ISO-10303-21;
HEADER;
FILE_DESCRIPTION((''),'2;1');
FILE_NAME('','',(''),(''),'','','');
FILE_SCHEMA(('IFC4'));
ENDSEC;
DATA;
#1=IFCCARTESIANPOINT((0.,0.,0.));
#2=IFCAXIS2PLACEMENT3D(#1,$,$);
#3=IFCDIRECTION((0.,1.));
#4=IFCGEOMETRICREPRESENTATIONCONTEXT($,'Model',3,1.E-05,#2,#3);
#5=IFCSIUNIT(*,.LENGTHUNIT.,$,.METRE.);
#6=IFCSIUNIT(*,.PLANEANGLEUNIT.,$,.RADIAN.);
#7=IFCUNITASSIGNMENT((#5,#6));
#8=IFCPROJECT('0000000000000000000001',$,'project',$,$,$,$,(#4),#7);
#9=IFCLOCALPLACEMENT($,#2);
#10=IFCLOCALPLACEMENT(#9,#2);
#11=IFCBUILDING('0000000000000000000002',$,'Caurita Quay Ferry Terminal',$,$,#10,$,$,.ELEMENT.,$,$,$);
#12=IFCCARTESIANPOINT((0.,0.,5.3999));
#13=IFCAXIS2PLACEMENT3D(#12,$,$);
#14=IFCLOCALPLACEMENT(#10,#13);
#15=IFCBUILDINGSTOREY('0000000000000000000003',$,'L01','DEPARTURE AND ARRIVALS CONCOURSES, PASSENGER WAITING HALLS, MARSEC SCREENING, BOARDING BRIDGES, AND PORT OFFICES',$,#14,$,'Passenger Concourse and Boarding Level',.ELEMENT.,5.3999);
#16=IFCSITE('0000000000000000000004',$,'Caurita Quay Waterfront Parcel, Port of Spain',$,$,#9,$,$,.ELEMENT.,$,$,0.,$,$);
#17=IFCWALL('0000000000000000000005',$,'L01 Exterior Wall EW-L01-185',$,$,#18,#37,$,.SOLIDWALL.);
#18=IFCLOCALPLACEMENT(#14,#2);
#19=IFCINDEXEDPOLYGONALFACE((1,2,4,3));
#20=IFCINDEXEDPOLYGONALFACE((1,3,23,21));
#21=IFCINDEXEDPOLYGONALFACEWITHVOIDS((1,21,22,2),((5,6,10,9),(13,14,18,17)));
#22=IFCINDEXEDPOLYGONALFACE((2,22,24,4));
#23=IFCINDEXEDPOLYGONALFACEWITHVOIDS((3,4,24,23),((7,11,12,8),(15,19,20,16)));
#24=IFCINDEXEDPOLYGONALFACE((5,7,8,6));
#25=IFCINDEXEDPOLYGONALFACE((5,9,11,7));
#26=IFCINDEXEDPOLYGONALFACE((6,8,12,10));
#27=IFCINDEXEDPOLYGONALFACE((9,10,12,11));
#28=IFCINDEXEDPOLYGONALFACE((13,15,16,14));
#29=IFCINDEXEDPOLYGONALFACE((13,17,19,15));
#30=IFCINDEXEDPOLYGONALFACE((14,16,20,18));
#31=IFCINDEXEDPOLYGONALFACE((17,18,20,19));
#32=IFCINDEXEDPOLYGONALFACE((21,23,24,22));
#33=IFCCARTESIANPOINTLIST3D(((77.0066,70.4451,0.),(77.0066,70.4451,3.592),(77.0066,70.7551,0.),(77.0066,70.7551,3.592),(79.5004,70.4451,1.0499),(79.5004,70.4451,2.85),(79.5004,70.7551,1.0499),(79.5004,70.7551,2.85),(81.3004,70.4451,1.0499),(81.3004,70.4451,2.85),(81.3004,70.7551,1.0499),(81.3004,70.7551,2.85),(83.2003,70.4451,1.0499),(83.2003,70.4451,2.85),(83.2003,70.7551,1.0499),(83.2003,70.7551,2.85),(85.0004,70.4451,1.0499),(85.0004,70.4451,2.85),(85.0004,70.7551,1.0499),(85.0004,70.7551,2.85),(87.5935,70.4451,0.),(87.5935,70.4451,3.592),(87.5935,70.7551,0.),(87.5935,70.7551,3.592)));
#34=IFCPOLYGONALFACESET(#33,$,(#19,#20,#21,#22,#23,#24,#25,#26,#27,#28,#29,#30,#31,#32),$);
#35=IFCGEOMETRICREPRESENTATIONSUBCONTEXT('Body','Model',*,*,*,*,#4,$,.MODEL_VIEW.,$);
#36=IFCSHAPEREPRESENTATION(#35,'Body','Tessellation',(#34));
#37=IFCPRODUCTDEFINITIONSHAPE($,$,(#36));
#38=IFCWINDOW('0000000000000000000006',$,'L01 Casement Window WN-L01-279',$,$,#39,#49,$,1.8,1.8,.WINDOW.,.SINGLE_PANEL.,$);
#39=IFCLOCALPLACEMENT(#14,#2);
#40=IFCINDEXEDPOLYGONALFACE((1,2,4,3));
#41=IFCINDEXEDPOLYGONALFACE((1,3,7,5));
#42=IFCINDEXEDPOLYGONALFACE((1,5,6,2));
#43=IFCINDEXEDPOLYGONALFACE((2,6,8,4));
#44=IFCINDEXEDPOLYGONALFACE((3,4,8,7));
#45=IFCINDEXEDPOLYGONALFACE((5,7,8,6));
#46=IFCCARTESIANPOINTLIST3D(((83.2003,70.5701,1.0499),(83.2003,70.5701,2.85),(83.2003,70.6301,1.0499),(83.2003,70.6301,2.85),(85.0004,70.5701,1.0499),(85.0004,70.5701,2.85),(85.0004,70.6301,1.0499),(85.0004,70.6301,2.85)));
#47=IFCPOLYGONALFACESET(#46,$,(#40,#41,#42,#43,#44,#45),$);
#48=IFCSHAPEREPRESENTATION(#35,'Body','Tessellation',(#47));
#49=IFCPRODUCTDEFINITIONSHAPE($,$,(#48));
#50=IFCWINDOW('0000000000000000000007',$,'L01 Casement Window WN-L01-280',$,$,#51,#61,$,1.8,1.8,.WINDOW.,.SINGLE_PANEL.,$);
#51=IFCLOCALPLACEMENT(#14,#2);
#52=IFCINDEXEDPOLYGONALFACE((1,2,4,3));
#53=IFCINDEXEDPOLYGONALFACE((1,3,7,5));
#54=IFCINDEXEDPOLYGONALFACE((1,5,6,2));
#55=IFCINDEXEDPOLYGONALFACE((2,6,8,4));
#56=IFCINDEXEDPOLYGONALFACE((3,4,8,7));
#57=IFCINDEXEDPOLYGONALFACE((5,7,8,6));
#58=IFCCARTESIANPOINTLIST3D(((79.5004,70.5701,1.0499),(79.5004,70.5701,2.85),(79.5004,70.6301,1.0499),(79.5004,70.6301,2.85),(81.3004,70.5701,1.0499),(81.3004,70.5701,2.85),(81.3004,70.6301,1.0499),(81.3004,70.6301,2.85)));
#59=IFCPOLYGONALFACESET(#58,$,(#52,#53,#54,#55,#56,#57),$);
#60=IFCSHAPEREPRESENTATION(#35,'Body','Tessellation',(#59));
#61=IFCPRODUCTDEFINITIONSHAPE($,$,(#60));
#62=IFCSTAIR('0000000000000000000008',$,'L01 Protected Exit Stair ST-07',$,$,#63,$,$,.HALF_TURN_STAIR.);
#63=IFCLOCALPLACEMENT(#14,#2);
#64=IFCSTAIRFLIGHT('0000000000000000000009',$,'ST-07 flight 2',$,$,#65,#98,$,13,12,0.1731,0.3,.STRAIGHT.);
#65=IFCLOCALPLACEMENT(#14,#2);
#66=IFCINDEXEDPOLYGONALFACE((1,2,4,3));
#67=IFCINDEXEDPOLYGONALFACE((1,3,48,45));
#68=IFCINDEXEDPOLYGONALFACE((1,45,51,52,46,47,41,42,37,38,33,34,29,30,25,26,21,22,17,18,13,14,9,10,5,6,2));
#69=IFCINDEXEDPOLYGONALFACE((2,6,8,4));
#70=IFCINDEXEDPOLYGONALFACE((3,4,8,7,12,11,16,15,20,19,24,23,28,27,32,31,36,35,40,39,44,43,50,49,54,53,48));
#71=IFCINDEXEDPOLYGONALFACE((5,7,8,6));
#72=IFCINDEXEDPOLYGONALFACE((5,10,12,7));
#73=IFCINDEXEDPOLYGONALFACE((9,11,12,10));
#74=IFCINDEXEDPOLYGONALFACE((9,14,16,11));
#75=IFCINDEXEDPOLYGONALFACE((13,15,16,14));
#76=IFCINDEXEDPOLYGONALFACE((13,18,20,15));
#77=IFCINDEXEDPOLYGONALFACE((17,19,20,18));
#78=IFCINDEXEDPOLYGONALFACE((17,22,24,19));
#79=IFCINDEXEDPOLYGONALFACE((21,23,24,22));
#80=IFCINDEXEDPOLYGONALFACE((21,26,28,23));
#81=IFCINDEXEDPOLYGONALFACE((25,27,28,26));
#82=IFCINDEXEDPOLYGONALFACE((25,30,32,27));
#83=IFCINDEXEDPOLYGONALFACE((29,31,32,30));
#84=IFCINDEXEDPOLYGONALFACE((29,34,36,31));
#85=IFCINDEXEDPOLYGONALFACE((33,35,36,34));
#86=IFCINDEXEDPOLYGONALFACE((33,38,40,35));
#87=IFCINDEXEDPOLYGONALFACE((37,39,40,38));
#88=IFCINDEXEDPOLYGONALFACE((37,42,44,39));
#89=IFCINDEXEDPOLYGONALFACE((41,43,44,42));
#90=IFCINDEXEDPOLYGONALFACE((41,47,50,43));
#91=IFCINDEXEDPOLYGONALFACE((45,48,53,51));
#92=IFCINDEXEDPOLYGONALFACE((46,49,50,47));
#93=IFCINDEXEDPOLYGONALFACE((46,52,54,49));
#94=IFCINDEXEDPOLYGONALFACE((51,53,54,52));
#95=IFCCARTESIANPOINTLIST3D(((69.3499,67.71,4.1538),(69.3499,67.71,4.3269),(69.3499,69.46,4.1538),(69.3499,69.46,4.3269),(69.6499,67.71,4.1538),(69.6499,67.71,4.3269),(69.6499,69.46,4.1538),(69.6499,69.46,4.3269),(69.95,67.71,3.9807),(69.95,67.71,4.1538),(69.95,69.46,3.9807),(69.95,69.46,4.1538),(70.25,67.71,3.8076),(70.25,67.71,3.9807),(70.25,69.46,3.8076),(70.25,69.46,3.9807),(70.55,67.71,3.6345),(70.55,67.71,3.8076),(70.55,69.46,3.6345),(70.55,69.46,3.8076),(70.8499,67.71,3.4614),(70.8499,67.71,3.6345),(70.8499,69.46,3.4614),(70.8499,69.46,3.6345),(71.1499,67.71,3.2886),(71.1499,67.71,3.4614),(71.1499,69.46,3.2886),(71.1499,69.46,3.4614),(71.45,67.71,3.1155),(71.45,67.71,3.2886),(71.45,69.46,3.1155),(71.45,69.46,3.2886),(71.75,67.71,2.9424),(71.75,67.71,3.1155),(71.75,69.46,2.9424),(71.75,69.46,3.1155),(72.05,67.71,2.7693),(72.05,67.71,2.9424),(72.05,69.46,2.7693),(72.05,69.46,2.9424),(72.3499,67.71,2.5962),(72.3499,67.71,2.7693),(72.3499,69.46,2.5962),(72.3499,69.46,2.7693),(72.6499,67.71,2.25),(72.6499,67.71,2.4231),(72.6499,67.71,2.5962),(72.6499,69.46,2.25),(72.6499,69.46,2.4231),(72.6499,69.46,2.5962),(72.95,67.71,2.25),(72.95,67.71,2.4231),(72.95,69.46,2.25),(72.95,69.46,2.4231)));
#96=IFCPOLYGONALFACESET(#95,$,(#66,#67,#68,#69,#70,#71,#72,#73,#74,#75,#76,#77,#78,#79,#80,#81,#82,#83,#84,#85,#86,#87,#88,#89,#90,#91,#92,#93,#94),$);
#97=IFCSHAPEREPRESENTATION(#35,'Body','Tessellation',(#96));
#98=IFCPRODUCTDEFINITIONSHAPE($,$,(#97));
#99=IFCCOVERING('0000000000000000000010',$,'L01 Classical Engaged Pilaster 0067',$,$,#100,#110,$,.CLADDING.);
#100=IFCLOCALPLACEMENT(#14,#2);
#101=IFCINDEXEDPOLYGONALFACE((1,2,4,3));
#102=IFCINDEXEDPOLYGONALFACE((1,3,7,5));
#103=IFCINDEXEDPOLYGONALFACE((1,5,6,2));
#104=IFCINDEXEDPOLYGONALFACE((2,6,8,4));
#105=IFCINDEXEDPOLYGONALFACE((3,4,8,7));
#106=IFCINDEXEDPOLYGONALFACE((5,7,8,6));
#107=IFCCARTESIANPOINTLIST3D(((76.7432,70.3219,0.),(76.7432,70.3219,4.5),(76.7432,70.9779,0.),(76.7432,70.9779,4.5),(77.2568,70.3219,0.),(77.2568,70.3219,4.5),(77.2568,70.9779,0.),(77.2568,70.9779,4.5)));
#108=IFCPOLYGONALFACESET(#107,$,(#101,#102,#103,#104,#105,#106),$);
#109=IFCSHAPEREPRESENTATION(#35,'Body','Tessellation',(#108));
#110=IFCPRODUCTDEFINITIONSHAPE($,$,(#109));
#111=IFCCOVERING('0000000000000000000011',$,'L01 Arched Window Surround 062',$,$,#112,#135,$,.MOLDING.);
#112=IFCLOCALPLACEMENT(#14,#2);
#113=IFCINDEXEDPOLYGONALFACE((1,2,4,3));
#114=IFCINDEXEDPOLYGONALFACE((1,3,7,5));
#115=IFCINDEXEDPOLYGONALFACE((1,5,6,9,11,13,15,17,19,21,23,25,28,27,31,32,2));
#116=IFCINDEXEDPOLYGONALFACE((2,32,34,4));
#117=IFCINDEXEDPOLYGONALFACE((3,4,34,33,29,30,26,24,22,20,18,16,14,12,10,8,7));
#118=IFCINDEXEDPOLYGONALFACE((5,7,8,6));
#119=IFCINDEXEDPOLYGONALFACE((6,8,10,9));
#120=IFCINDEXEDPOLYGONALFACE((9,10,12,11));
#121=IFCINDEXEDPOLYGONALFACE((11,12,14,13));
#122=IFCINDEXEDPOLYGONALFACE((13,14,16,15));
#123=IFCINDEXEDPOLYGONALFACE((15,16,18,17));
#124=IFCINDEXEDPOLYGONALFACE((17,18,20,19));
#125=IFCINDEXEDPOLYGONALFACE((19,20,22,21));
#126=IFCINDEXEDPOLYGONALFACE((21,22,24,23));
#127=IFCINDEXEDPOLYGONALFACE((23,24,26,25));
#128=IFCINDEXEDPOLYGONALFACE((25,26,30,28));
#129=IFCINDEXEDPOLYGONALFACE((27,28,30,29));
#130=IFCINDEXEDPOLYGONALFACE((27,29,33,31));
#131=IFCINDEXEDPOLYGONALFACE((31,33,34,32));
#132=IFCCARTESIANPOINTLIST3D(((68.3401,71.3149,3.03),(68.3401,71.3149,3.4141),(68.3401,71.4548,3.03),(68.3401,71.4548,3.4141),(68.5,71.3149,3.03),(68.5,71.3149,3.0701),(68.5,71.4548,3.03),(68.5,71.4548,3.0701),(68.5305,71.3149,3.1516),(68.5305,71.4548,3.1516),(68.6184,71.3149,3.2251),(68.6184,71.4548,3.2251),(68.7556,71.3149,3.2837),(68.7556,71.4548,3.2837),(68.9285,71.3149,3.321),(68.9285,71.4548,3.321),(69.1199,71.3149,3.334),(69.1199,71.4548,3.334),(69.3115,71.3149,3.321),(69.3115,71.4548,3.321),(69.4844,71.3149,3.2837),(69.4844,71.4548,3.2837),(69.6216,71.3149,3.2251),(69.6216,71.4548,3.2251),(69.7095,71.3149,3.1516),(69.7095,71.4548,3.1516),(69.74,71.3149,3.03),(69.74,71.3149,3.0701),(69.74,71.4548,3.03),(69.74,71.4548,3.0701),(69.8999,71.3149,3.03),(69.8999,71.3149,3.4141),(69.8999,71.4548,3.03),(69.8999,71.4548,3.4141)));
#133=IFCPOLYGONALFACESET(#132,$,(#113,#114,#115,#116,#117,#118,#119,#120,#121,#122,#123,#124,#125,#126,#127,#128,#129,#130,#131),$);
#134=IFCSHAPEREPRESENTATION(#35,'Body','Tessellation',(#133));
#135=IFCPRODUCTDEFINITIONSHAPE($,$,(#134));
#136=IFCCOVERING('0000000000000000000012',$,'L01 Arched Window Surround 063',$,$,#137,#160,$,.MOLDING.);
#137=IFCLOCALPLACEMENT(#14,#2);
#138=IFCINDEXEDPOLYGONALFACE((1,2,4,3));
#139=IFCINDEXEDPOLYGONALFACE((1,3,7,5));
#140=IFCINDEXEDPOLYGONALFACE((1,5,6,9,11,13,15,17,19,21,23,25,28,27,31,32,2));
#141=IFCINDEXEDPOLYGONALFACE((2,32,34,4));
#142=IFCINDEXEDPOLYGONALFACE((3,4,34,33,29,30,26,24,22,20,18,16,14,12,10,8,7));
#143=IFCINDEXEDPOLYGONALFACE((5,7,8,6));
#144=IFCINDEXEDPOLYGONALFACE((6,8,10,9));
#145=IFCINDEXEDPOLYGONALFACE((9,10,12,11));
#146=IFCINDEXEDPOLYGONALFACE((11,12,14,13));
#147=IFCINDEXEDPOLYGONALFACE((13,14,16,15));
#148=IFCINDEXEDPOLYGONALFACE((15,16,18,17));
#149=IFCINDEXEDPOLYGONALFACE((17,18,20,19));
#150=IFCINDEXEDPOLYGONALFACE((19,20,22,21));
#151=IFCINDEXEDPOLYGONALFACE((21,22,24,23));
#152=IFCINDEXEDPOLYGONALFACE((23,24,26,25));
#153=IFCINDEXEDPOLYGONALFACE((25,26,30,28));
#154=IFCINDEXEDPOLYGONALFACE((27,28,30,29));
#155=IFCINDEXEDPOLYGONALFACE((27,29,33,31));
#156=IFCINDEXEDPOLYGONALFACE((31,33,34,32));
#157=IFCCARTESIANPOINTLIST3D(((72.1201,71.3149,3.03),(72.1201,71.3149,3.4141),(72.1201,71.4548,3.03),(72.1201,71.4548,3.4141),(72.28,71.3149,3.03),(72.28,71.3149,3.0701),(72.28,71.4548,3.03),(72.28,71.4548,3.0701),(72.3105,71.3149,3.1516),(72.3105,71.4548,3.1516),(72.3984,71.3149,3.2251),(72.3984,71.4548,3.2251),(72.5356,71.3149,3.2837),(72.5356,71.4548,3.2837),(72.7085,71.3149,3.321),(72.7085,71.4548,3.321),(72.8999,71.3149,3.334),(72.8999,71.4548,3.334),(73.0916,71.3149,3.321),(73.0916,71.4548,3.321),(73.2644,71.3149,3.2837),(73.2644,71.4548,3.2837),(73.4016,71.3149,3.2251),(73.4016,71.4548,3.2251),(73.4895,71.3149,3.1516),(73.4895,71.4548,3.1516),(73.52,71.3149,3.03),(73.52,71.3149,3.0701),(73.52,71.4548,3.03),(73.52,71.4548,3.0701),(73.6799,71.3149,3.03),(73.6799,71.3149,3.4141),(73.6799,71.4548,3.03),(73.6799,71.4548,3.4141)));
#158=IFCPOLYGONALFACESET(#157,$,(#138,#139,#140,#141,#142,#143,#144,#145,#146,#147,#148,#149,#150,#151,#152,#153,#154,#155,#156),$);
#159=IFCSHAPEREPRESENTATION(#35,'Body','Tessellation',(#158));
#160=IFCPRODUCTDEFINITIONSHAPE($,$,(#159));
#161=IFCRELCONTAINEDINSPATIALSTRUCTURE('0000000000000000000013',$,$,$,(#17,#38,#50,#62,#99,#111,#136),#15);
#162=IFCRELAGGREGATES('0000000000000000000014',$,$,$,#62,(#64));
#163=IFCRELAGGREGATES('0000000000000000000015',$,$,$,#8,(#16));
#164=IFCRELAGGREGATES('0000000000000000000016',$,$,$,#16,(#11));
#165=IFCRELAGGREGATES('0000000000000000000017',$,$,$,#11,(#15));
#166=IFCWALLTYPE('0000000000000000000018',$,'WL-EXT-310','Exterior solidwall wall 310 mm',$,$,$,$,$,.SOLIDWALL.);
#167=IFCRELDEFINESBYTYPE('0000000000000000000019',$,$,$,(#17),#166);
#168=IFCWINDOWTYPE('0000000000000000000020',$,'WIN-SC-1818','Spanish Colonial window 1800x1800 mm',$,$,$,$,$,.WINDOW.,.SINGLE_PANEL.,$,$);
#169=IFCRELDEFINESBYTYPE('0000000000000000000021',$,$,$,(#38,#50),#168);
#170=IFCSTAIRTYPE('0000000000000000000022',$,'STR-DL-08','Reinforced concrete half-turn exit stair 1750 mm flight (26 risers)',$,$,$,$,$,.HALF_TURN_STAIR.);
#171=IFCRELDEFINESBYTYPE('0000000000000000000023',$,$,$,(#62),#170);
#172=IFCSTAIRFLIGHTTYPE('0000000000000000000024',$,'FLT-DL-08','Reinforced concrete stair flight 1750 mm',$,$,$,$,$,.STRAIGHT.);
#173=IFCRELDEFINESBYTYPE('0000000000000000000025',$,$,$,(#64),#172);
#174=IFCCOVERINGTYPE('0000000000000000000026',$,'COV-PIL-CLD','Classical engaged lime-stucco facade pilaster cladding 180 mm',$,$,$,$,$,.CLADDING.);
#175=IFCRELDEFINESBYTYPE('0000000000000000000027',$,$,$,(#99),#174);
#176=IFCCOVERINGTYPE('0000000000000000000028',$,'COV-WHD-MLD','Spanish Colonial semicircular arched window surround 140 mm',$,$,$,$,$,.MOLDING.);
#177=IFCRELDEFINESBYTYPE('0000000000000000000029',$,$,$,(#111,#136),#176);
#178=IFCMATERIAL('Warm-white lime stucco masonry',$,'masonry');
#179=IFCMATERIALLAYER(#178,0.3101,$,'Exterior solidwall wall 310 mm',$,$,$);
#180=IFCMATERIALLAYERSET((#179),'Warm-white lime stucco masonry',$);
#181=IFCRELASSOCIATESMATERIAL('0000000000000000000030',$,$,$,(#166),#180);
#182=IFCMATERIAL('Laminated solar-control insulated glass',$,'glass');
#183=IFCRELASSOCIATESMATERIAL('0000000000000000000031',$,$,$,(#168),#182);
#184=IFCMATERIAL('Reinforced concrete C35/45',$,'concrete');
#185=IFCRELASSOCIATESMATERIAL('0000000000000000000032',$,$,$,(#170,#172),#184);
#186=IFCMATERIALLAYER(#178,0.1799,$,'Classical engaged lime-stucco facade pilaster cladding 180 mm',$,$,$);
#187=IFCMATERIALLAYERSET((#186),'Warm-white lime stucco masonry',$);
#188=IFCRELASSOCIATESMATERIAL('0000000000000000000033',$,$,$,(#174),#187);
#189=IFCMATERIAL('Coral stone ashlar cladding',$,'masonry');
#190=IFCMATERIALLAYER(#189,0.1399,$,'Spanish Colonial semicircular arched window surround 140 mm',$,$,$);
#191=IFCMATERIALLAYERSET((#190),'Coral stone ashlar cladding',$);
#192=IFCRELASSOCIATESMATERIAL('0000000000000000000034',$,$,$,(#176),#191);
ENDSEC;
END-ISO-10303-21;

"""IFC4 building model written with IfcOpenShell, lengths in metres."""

from ifc_helpers import new_model, si_unit, direction, frame, frame_2d, origin, origin_2d, place, context, subcontext, project, spatial, polyline, rectangle, outline, extrude, material, layer, layer_set, type_object, element, fill, aggregate, save


model = new_model("IFC4")

# Units and contexts
model_context = context("Model", 3, precision=1e-05, world=origin(), true_north=direction((0.0, 1.0)))
body_context = subcontext(model_context, "Body", "Model", "MODEL_VIEW")
ifc_project = project(units=[si_unit("LENGTHUNIT", "METRE"), si_unit("PLANEANGLEUNIT", "RADIAN")], contexts=[model_context])

# Site, building, storey
site_placement = place(None, origin())
site = spatial("IfcSite", under=ifc_project, at=site_placement, Name="Caurita Quay Waterfront Parcel, Port of Spain", CompositionType="ELEMENT", RefElevation=0.0)
building_placement = place(site_placement, origin())
building = spatial("IfcBuilding", under=site, at=building_placement, Name="Caurita Quay Ferry Terminal", CompositionType="ELEMENT")
storey_placement = place(building_placement, frame((0.0, 0.0, 5.3999)))
storey = spatial("IfcBuildingStorey", under=building, at=storey_placement, Name="L01", Description="DEPARTURE AND ARRIVALS CONCOURSES, PASSENGER WAITING HALLS, MARSEC SCREENING, BOARDING BRIDGES, AND PORT OFFICES", LongName="Passenger Concourse and Boarding Level", CompositionType="ELEMENT", Elevation=5.3999)

# Shared definitions
ifc_material_1 = material(Name="Reinforced concrete C35/45", Category="concrete")

# Wall, openings, windows
ifc_material_2 = material(Name="Warm-white lime stucco masonry", Category="masonry")
ifc_layer_1 = layer(ifc_material_2, 0.3101, Name="Exterior solidwall wall 310 mm")
ifc_layer_set_1 = layer_set([ifc_layer_1], Name="Warm-white lime stucco masonry")
wall_type_1 = type_object("IfcWallType", Name="WL-EXT-310", Description="Exterior solidwall wall 310 mm", PredefinedType="SOLIDWALL", material=ifc_layer_set_1)
ifc_material_3 = material(Name="Laminated solar-control insulated glass", Category="glass")
window_type = type_object("IfcWindowType", Name="WIN-SC-1818", Description="Spanish Colonial window 1800x1800 mm", PartitioningType="SINGLE_PANEL", PredefinedType="WINDOW", material=ifc_material_3)
wall_1_placement = place(storey_placement, frame((87.5935, 70.6001, 0.0), z_axis=(0.0, 0.0, 1.0), x_axis=(-1.0, 0.0, 0.0)))
wall_1 = element("IfcWall", 1, at=wall_1_placement, inside=storey, type_object=wall_type_1, Name="L01 Exterior Wall EW-L01-185", PredefinedType="SOLIDWALL", context=body_context, shape_type="SweptSolid", body=[
    extrude(rectangle(XDim=10.5869, YDim=0.3101, at=frame_2d((5.2935, 0.0))), origin(), (0.0, 0.0, 1.0), 3.592),
])
opening_1_placement = place(wall_1_placement, frame((2.5933, 0.0, 1.05)))
opening_1 = element("IfcOpeningElement", 2, at=opening_1_placement, cuts=wall_1, PredefinedType="OPENING", context=body_context, shape_type="SweptSolid", body=[
    extrude(rectangle(XDim=1.8, YDim=1.8, at=frame_2d((0.8999, 0.8999))), frame((0.0, 0.165, 0.0), z_axis=(0.0, -1.0, 0.0), x_axis=(1.0, 0.0, 0.0)), (0.0, 0.0, 1.0), 0.3301),
])
opening_2_placement = place(wall_1_placement, frame((6.2932, 0.0, 1.05)))
opening_2 = element("IfcOpeningElement", 3, at=opening_2_placement, cuts=wall_1, PredefinedType="OPENING", context=body_context, shape_type="SweptSolid", body=[
    extrude(rectangle(XDim=1.8, YDim=1.8, at=frame_2d((0.8999, 0.8999))), frame((0.0, 0.165, 0.0), z_axis=(0.0, -1.0, 0.0), x_axis=(1.0, 0.0, 0.0)), (0.0, 0.0, 1.0), 0.3301),
])
window_1_placement = place(opening_1_placement, origin())
window_1 = element("IfcWindow", 4, at=window_1_placement, inside=storey, type_object=window_type, Name="L01 Casement Window WN-L01-279", OverallHeight=1.8, OverallWidth=1.8, PartitioningType="SINGLE_PANEL", PredefinedType="WINDOW", context=body_context, shape_type="SweptSolid", body=[
    extrude(rectangle(XDim=1.8, YDim=1.8, at=frame_2d((0.8999, 0.8999))), frame((0.0, 0.03, 0.0), z_axis=(0.0, -1.0, 0.0), x_axis=(1.0, 0.0, 0.0)), (0.0, 0.0, 1.0), 0.0601),
])
fill(opening_1, window_1)
window_2_placement = place(opening_2_placement, origin())
window_2 = element("IfcWindow", 5, at=window_2_placement, inside=storey, type_object=window_type, Name="L01 Casement Window WN-L01-280", OverallHeight=1.8, OverallWidth=1.8, PartitioningType="SINGLE_PANEL", PredefinedType="WINDOW", context=body_context, shape_type="SweptSolid", body=[
    extrude(rectangle(XDim=1.8, YDim=1.8, at=frame_2d((0.8999, 0.8999))), frame((0.0, 0.03, 0.0), z_axis=(0.0, -1.0, 0.0), x_axis=(1.0, 0.0, 0.0)), (0.0, 0.0, 1.0), 0.0601),
])
fill(opening_2, window_2)

# Stair, stair flight
stair_type = type_object("IfcStairType", Name="STR-DL-08", Description="Reinforced concrete half-turn exit stair 1750 mm flight (26 risers)", PredefinedType="HALF_TURN_STAIR", material=ifc_material_1)
stair_placement = place(storey_placement, origin())
stair = element("IfcStair", 6, at=stair_placement, inside=storey, type_object=stair_type, Name="L01 Protected Exit Stair ST-07", PredefinedType="HALF_TURN_STAIR")
stair_flight_type = type_object("IfcStairFlightType", Name="FLT-DL-08", Description="Reinforced concrete stair flight 1750 mm", PredefinedType="STRAIGHT", material=ifc_material_1)
stair_flight_placement = place(storey_placement, frame((72.95, 68.585, 2.25), z_axis=(0.0, 0.0, 1.0), x_axis=(-1.0, 0.0, 0.0)))
stair_flight = element("IfcStairFlight", 7, at=stair_flight_placement, type_object=stair_flight_type, Name="ST-07 flight 2", NumberOfRisers=13, NumberOfTreads=12, PredefinedType="STRAIGHT", RiserHeight=0.1731, TreadLength=0.3, context=body_context, shape_type="SweptSolid", body=[
    extrude(outline(polyline([(0.0, 0.0), (0.0, 0.1731), (0.3, 0.1731), (0.3, 0.3462), (0.6001, 0.3462), (0.6001, 0.5193), (0.8999, 0.5193), (0.8999, 0.6924), (1.2, 0.6924), (1.2, 0.8655), (1.5, 0.8655), (1.5, 1.0386), (1.8, 1.0386), (1.8, 1.2114), (2.1001, 1.2114), (2.1001, 1.3845), (2.3999, 1.3845), (2.3999, 1.5576), (2.7, 1.5576), (2.7, 1.7307), (3.0, 1.7307), (3.0, 1.9038), (3.3, 1.9038), (3.3, 2.0769), (3.6001, 2.0769), (3.6001, 2.25), (3.6001, 1.9038), (0.3, 0.0), (0.0, 0.0)])), frame((0.0, 0.875, 0.0), z_axis=(0.0, -1.0, 0.0), x_axis=(1.0, 0.0, 0.0)), (0.0, 0.0, 1.0), 1.75),
])
aggregate(stair, [stair_flight])

# Coverings
ifc_layer_2 = layer(ifc_material_2, 0.1799, Name="Classical engaged lime-stucco facade pilaster cladding 180 mm")
ifc_layer_set_2 = layer_set([ifc_layer_2], Name="Warm-white lime stucco masonry")
covering_type_1 = type_object("IfcCoveringType", Name="COV-PIL-CLD", Description="Classical engaged lime-stucco facade pilaster cladding 180 mm", PredefinedType="CLADDING", material=ifc_layer_set_2)
covering_1_placement = place(storey_placement, frame((77.0, 70.6499, 0.0), z_axis=(0.0, 0.0, 1.0), x_axis=(1.0, 0.0, 0.0)))
element("IfcCovering", 8, at=covering_1_placement, inside=storey, type_object=covering_type_1, Name="L01 Classical Engaged Pilaster 0067", PredefinedType="CLADDING", context=body_context, shape_type="SweptSolid", body=[
    extrude(rectangle(XDim=0.5137, YDim=0.656, at=origin_2d()), origin(), (0.0, 0.0, 1.0), 4.5),
])
ifc_material_4 = material(Name="Coral stone ashlar cladding", Category="masonry")
ifc_layer_3 = layer(ifc_material_4, 0.1399, Name="Spanish Colonial semicircular arched window surround 140 mm")
ifc_layer_set_3 = layer_set([ifc_layer_3], Name="Coral stone ashlar cladding")
covering_type_2 = type_object("IfcCoveringType", Name="COV-WHD-MLD", Description="Spanish Colonial semicircular arched window surround 140 mm", PredefinedType="MOLDING", material=ifc_layer_set_3)
for number, where, z_axis, x_axis, name in (
    (9, (68.3401, 71.385, 3.03), (0.0, 0.0, 1.0), (1.0, 0.0, 0.0), "L01 Arched Window Surround 062"),
    (10, (72.1201, 71.385, 3.03), (0.0, 0.0, 1.0), (1.0, 0.0, 0.0), "L01 Arched Window Surround 063"),
):
    element("IfcCovering", number, at=place(storey_placement, frame(where, z_axis=z_axis, x_axis=x_axis)), inside=storey, type_object=covering_type_2, Name=name, PredefinedType="MOLDING", context=body_context, shape_type="SweptSolid", body=[
        extrude(outline(polyline([(0.0, 0.0), (0.1599, 0.0), (0.1599, 0.04), (0.1904, 0.1216), (0.2783, 0.1951), (0.4155, 0.2537), (0.5884, 0.291), (0.7798, 0.304), (0.9714, 0.291), (1.1443, 0.2537), (1.2815, 0.1951), (1.3694, 0.1216), (1.3999, 0.04), (1.3999, 0.0), (1.5598, 0.0), (1.5598, 0.384), (0.0, 0.384), (0.0, 0.0)])), frame((0.0, 0.0698, 0.0), z_axis=(0.0, -1.0, 0.0), x_axis=(1.0, 0.0, 0.0)), (0.0, 0.0, 1.0), 0.1399),
    ])

save(model, "model.ifc")
